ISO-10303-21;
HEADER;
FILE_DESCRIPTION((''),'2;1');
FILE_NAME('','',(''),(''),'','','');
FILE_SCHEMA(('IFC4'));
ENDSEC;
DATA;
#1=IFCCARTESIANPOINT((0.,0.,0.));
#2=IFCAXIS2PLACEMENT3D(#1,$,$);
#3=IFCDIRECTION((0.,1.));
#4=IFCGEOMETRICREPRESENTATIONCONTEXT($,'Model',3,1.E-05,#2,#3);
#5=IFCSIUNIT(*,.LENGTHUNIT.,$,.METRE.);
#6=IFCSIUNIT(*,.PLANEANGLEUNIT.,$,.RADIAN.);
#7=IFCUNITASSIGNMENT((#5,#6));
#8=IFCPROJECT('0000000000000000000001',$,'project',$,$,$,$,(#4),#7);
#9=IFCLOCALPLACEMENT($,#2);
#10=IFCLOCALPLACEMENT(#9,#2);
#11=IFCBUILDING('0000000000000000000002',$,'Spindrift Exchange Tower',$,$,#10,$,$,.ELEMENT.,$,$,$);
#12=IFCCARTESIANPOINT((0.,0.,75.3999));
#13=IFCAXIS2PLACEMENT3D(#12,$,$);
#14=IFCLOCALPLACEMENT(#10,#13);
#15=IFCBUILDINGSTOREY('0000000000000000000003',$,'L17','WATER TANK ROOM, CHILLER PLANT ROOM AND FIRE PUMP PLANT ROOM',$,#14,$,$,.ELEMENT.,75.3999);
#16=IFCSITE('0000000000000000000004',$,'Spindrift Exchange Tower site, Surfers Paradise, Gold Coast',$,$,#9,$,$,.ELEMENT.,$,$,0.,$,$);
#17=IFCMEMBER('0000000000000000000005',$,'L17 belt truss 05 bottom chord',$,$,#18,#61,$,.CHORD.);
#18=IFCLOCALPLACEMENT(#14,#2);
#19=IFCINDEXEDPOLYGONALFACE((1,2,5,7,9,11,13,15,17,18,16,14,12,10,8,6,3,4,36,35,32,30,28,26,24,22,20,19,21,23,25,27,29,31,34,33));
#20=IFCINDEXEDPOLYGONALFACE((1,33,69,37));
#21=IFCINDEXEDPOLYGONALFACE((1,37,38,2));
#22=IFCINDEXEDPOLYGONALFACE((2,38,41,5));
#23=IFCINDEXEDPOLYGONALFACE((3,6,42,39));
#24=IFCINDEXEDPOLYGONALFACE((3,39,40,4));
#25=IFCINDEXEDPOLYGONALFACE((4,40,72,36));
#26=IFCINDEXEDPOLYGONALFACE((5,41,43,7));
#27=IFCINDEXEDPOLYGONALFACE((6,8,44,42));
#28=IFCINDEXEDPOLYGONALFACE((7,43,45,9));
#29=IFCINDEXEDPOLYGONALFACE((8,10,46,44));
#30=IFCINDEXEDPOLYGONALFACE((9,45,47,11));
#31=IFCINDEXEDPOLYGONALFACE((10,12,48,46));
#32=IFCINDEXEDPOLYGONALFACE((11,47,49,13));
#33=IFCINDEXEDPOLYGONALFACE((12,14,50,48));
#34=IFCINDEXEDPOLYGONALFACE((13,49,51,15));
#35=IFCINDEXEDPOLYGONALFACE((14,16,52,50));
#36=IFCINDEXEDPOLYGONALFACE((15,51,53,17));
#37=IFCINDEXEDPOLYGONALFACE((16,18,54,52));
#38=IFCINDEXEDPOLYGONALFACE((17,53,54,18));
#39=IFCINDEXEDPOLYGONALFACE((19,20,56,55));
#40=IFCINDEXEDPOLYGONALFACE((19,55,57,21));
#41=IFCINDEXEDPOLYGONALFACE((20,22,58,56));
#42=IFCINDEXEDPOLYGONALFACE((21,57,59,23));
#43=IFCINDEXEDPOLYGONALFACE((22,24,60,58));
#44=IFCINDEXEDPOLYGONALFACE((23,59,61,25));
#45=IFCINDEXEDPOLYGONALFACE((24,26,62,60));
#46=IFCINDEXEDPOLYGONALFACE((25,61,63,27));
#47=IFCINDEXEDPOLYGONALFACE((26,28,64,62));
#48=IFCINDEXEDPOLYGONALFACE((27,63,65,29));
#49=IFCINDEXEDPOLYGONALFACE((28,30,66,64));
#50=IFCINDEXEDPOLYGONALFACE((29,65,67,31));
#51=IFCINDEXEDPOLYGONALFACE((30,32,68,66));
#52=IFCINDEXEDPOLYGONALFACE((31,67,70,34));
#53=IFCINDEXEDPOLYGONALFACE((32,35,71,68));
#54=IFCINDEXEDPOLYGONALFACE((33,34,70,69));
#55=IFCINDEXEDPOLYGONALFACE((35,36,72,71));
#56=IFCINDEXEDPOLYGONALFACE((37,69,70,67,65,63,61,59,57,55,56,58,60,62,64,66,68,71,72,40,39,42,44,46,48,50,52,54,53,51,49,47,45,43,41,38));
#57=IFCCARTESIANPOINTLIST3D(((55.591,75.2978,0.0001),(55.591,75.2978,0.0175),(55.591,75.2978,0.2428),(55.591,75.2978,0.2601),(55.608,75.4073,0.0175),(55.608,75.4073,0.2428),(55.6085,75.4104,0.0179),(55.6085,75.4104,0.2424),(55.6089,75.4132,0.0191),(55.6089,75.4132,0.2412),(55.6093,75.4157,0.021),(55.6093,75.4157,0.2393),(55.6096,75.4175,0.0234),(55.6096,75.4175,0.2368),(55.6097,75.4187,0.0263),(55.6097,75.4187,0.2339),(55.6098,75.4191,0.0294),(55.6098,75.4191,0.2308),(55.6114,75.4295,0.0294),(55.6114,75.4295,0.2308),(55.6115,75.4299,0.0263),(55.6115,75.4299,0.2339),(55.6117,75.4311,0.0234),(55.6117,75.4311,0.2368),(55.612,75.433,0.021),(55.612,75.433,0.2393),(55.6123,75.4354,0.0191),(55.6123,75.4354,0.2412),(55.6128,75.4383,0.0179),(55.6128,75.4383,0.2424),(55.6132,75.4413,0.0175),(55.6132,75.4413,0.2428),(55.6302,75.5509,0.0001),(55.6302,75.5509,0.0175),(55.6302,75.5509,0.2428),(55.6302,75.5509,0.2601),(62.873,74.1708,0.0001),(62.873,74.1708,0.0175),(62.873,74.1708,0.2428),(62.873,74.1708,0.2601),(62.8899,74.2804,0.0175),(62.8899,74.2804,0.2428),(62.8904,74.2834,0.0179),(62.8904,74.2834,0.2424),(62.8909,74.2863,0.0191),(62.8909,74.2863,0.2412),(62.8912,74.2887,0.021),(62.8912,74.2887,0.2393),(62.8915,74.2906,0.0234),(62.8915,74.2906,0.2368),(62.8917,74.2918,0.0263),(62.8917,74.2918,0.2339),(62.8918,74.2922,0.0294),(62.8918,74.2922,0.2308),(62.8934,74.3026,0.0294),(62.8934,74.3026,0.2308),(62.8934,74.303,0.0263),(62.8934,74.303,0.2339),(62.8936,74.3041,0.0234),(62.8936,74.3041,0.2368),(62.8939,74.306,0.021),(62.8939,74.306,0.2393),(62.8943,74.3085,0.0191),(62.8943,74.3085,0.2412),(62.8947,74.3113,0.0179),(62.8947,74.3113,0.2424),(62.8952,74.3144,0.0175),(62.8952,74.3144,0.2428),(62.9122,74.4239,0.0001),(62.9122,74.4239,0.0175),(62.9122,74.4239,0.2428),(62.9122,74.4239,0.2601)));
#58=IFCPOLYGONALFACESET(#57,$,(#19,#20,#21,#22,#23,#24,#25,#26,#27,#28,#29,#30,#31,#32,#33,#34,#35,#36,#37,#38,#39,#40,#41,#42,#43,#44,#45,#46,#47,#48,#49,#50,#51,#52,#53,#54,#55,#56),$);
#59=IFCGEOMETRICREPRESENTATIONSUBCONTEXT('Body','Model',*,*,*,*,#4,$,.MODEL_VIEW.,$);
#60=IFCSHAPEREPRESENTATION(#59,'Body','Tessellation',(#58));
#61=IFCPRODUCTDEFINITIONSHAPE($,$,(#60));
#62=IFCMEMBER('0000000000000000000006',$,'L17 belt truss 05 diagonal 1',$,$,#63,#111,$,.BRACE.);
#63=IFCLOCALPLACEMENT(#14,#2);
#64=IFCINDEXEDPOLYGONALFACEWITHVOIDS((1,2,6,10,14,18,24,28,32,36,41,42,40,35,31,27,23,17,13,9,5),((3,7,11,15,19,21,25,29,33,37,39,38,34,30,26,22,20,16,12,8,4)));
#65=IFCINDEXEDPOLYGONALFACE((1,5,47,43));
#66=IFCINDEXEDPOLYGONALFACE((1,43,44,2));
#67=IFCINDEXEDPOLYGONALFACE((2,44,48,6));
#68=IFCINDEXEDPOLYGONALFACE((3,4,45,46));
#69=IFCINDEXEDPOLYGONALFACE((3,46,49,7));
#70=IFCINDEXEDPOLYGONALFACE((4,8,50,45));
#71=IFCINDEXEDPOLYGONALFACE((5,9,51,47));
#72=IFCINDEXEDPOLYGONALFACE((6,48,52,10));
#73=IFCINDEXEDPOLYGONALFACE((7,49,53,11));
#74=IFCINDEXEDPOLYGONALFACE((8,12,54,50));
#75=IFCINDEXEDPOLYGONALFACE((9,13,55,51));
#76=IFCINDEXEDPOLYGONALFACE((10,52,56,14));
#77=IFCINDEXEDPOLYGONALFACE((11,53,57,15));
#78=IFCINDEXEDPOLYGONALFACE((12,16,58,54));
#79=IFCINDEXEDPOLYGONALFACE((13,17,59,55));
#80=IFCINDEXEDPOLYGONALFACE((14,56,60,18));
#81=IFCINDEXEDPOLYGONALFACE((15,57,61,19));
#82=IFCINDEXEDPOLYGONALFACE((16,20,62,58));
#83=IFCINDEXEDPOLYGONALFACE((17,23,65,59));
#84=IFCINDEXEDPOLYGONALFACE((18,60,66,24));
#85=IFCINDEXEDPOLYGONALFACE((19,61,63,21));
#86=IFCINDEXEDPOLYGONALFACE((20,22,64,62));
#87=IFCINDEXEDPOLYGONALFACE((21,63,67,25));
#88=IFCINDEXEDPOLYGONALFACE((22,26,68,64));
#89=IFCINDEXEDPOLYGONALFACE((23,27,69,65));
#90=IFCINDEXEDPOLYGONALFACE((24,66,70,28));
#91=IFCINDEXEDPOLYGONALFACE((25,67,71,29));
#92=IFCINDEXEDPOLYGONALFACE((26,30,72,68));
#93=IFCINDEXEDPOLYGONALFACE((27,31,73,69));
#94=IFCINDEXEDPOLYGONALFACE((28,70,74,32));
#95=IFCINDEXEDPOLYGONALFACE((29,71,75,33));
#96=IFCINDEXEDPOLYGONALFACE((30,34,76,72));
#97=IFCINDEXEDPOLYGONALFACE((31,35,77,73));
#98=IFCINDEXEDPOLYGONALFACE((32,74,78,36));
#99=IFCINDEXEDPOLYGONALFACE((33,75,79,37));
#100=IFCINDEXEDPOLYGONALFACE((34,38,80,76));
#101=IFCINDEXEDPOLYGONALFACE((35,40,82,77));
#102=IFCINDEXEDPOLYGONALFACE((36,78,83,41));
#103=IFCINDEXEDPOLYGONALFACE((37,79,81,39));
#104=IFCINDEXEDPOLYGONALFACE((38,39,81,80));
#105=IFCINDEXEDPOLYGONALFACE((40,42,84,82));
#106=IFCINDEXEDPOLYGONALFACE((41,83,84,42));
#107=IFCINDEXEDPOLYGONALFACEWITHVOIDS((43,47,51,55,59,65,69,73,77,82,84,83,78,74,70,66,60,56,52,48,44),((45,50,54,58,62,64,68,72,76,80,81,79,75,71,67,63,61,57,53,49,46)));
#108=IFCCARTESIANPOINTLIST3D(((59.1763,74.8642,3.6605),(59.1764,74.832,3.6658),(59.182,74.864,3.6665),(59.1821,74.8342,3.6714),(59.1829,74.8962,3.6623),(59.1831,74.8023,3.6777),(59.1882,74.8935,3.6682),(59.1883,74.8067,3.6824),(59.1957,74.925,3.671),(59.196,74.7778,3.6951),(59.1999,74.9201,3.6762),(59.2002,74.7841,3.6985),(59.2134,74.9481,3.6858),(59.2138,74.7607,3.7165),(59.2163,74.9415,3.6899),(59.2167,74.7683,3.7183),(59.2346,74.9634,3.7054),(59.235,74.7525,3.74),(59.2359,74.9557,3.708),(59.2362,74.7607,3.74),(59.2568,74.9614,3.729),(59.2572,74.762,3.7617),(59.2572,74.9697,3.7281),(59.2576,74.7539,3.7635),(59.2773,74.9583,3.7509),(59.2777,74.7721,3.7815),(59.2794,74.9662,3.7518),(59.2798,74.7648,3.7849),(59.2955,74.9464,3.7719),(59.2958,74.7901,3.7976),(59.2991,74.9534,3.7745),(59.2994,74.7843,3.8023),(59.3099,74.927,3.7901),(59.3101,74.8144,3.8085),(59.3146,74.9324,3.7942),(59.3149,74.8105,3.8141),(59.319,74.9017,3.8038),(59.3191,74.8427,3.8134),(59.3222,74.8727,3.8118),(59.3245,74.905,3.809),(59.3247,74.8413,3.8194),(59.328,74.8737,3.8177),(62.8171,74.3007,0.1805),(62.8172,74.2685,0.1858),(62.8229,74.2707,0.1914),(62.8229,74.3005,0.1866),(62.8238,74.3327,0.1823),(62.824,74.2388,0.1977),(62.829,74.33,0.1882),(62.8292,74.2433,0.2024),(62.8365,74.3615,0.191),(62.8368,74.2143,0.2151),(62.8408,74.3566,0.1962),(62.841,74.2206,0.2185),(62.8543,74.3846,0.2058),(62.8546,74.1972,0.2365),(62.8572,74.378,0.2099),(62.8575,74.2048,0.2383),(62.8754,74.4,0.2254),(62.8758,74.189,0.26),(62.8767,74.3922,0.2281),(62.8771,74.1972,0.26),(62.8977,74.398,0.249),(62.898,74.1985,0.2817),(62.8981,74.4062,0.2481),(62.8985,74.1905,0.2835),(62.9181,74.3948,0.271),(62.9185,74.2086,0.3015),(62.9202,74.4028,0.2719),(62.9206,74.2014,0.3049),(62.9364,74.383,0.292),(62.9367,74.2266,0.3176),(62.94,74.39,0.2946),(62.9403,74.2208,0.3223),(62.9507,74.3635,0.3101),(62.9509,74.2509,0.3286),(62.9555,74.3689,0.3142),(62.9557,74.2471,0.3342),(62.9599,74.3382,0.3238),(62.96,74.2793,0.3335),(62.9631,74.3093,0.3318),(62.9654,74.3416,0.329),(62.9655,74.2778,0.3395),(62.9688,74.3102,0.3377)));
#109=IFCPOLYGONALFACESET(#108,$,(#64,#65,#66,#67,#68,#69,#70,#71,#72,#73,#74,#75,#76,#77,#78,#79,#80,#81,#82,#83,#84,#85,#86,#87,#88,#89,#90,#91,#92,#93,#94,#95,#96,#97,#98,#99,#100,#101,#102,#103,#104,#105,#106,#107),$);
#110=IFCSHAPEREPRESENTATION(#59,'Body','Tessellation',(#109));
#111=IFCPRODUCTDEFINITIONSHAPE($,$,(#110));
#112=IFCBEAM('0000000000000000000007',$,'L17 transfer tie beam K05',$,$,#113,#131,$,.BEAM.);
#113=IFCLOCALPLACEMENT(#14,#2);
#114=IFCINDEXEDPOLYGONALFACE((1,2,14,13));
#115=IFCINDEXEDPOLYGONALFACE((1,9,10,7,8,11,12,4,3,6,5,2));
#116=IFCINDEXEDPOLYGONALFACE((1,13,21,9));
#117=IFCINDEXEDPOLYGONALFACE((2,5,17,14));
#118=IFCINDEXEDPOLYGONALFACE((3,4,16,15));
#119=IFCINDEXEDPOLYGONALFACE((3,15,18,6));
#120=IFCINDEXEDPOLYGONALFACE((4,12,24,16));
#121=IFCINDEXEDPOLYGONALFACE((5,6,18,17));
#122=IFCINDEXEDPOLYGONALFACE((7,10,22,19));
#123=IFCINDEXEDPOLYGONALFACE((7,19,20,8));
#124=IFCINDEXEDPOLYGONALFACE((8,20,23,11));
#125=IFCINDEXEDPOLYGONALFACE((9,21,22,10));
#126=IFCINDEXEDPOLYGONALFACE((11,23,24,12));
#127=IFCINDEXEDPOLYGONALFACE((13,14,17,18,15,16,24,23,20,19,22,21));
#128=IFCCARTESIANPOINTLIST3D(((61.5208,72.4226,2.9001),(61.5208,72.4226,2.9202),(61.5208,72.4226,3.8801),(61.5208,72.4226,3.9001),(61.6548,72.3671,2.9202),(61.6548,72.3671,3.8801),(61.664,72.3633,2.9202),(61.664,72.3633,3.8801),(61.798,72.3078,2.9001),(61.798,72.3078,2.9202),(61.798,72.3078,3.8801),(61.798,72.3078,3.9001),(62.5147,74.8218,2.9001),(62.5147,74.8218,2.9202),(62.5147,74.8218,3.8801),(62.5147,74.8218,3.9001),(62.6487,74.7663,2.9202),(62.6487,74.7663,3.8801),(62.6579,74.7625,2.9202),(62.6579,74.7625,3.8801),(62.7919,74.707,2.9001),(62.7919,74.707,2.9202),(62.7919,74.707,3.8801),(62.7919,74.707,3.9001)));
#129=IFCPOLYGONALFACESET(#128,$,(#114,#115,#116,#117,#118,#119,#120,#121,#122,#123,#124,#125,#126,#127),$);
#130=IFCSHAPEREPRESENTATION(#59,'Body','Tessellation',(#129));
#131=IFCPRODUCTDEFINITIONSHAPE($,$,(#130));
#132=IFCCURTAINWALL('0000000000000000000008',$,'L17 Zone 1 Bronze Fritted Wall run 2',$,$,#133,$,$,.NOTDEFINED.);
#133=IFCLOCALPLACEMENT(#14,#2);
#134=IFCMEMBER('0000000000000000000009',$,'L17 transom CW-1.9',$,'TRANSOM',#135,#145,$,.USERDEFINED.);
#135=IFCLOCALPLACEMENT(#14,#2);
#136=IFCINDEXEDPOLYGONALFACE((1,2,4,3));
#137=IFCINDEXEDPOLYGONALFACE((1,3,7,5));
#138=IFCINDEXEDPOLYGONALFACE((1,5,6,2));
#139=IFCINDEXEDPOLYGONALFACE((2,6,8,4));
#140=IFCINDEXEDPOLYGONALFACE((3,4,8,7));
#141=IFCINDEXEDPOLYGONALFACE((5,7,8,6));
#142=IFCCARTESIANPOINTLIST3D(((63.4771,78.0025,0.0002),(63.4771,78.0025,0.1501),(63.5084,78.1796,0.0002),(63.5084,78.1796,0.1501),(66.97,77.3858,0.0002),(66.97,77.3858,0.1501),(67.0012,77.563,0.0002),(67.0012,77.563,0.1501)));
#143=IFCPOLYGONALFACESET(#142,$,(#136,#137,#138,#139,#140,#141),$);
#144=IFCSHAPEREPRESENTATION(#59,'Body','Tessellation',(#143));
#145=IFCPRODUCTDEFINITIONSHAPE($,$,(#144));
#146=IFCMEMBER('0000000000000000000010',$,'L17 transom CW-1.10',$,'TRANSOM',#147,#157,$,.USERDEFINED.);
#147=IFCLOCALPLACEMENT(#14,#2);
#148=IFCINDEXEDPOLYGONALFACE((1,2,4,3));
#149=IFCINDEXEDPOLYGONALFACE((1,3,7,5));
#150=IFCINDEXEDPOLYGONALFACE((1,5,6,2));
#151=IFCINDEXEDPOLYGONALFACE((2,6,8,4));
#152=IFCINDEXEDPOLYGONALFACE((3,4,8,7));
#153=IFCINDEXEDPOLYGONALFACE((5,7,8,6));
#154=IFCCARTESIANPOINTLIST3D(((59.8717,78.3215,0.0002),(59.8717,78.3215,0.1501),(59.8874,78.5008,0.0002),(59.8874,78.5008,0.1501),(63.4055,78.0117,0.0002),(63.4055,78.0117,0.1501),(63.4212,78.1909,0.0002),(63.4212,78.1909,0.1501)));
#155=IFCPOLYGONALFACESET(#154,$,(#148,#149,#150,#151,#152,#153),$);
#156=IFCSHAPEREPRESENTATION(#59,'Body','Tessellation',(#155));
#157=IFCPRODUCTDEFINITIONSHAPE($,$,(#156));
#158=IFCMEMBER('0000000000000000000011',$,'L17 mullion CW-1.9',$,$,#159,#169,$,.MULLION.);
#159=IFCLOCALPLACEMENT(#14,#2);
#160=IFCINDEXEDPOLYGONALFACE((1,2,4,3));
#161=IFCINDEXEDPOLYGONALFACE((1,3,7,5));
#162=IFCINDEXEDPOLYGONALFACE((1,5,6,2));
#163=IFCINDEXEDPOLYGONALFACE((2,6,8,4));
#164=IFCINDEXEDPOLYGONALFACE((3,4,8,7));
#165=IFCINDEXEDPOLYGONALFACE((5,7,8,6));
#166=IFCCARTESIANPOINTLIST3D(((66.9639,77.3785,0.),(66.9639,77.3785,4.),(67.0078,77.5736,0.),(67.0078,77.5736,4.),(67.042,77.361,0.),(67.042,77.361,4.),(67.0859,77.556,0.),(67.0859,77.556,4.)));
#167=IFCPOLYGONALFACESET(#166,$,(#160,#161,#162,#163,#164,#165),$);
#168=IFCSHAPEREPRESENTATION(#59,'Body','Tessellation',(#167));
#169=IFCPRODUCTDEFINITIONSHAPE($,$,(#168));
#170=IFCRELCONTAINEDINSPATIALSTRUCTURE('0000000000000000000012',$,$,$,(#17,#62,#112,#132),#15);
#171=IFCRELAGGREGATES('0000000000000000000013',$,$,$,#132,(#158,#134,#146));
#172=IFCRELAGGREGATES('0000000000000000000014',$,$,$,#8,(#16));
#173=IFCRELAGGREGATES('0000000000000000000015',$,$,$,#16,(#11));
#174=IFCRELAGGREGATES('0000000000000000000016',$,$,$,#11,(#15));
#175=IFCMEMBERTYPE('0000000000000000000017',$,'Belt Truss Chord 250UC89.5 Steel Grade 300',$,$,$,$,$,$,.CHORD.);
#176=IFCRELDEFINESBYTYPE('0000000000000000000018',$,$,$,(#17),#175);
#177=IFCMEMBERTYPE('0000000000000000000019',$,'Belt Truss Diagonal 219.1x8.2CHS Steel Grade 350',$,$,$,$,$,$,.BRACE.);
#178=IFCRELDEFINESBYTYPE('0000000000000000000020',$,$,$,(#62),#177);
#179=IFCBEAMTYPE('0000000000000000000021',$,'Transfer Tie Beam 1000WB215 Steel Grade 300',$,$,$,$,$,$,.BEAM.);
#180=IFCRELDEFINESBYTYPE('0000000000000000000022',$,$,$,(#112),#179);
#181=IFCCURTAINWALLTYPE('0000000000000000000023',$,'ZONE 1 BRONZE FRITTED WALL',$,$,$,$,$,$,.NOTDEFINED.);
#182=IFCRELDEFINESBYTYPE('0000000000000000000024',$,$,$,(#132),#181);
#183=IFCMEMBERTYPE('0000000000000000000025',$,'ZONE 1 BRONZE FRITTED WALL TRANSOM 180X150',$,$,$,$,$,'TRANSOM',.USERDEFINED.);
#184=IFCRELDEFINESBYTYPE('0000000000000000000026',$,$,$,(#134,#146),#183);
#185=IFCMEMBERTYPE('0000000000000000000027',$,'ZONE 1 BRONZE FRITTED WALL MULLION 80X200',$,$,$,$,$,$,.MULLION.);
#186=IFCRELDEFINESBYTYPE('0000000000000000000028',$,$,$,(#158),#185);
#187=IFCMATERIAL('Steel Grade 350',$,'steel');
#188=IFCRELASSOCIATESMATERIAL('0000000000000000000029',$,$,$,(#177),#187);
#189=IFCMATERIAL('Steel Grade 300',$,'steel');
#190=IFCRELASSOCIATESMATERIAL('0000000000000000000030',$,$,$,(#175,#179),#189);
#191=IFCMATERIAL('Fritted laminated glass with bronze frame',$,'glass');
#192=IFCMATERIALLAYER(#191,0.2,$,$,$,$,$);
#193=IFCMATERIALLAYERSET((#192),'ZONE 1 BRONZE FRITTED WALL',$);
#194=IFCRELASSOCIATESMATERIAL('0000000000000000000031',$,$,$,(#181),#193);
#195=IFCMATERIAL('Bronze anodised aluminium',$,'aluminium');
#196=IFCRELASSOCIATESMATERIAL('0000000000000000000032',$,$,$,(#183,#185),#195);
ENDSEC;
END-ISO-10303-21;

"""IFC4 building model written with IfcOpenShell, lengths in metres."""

from ifc_helpers import new_model, si_unit, direction, frame, origin, origin_2d, place, context, subcontext, project, spatial, rectangle, hollow_circle, i_section, extrude, source, transform, mapped, material, layer, layer_set, material_profile, profile_set, type_object, element, aggregate, save


model = new_model("IFC4")

# Units and contexts
model_context = context("Model", 3, precision=1e-05, world=origin(), true_north=direction((0.0, 1.0)))
body_context = subcontext(model_context, "Body", "Model", "MODEL_VIEW")
ifc_project = project(units=[si_unit("LENGTHUNIT", "METRE"), si_unit("PLANEANGLEUNIT", "RADIAN")], contexts=[model_context])

# Site, building, storey
site_placement = place(None, origin())
site = spatial("IfcSite", under=ifc_project, at=site_placement, Name="Spindrift Exchange Tower site, Surfers Paradise, Gold Coast", CompositionType="ELEMENT", RefElevation=0.0)
building_placement = place(site_placement, origin())
building = spatial("IfcBuilding", under=site, at=building_placement, Name="Spindrift Exchange Tower", CompositionType="ELEMENT")
storey_placement = place(building_placement, frame((0.0, 0.0, 75.3999)))
storey = spatial("IfcBuildingStorey", under=building, at=storey_placement, Name="L17", Description="WATER TANK ROOM, CHILLER PLANT ROOM AND FIRE PUMP PLANT ROOM", CompositionType="ELEMENT", Elevation=75.3999)

# Shared definitions
ifc_material_1 = material(Name="Steel Grade 300", Category="steel")

# Members
ifc_material_2 = material(Name="Steel Grade 350", Category="steel")
ifc_material_profile_1 = material_profile(ifc_material_2, hollow_circle(Radius=0.1096, WallThickness=0.0083, at=origin_2d()), Name="219.1x8.2CHS")
ifc_profile_set_1 = profile_set([ifc_material_profile_1], Name="Steel Grade 350")
member_type_1 = type_object("IfcMemberType", Name="Belt Truss Diagonal 219.1x8.2CHS Steel Grade 350", PredefinedType="BRACE", material=ifc_profile_set_1)
ifc_material_profile_2 = material_profile(ifc_material_1, i_section(OverallWidth=0.2561, OverallDepth=0.26, WebThickness=0.0105, FlangeThickness=0.0173, FilletRadius=0.012, at=origin_2d()), Name="250UC89.5")
ifc_profile_set_2 = profile_set([ifc_material_profile_2], Name="Steel Grade 300")
member_type_2 = type_object("IfcMemberType", Name="Belt Truss Chord 250UC89.5 Steel Grade 300", PredefinedType="CHORD", material=ifc_profile_set_2)
shared_shape_1 = source(origin(), body_context, "Body", "SweptSolid", [
    extrude(i_section(OverallWidth=0.2561, OverallDepth=0.26, WebThickness=0.0105, FlangeThickness=0.0173, FilletRadius=0.012, at=origin_2d()), origin(), (0.0, 0.0, 1.0), 7.3687),
])
for number, where, z_axis, x_axis, name in (
    (1, (62.8926, 74.2974, 0.1301), (-0.988236, 0.152938, 0.0), (-0.152938, -0.988236, 0.0), "L17 belt truss 05 bottom chord"),
):
    element("IfcMember", number, at=place(storey_placement, frame(where, z_axis=z_axis, x_axis=x_axis)), inside=storey, type_object=member_type_2, Name=name, PredefinedType="CHORD", context=body_context, shape_type="MappedRepresentation", body=[
        mapped(shared_shape_1, transform((0.0, 0.0, 0.0), scale=1.0)),
    ])
shared_shape_2 = source(origin(), body_context, "Body", "SweptSolid", [
    extrude(hollow_circle(Radius=0.1096, WallThickness=0.0083, at=origin_2d()), origin(), (0.0, 0.0, 1.0), 5.0679),
])
member_1_placement = place(storey_placement, frame((62.8926, 74.2974, 0.26), z_axis=(-0.718416, 0.111185, 0.68667), x_axis=(-0.152943, -0.988235, 0.0)))
element("IfcMember", 2, at=member_1_placement, inside=storey, type_object=member_type_1, Name="L17 belt truss 05 diagonal 1", PredefinedType="BRACE", context=body_context, shape_type="MappedRepresentation", body=[
    mapped(shared_shape_2, transform((0.0, 0.0, 0.0), scale=1.0)),
])

# Beam
ifc_material_profile_3 = material_profile(ifc_material_1, i_section(OverallWidth=0.3, OverallDepth=1.0, WebThickness=0.01, FlangeThickness=0.02, at=origin_2d()), Name="1000WB215")
ifc_profile_set_3 = profile_set([ifc_material_profile_3], Name="Steel Grade 300")
beam_type_1 = type_object("IfcBeamType", Name="Transfer Tie Beam 1000WB215 Steel Grade 300", PredefinedType="BEAM", material=ifc_profile_set_3)
shared_shape_3 = source(origin(), body_context, "Body", "SweptSolid", [
    extrude(i_section(OverallWidth=0.3, OverallDepth=1.0, WebThickness=0.01, FlangeThickness=0.02, at=origin_2d()), origin(), (0.0, 0.0, 1.0), 2.5969),
])
beam_1_placement = place(storey_placement, frame((62.6533, 74.7644, 3.4001), z_axis=(-0.382725, -0.923862, 0.0), x_axis=(0.923862, -0.382725, 0.0)))
element("IfcBeam", 3, at=beam_1_placement, inside=storey, type_object=beam_type_1, Name="L17 transfer tie beam K05", PredefinedType="BEAM", context=body_context, shape_type="MappedRepresentation", body=[
    mapped(shared_shape_3, transform((0.0, 0.0, 0.0), scale=1.0)),
])

# Curtain wall, members
ifc_material_3 = material(Name="Fritted laminated glass with bronze frame", Category="glass")
ifc_layer_1 = layer(ifc_material_3, 0.2)
ifc_layer_set_1 = layer_set([ifc_layer_1], Name="ZONE 1 BRONZE FRITTED WALL")
curtain_wall_type = type_object("IfcCurtainWallType", Name="ZONE 1 BRONZE FRITTED WALL", PredefinedType="NOTDEFINED", material=ifc_layer_set_1)
curtain_wall_placement = place(storey_placement, origin())
curtain_wall = element("IfcCurtainWall", 4, at=curtain_wall_placement, inside=storey, type_object=curtain_wall_type, Name="L17 Zone 1 Bronze Fritted Wall run 2", PredefinedType="NOTDEFINED")
ifc_material_4 = material(Name="Bronze anodised aluminium", Category="aluminium")
ifc_material_profile_4 = material_profile(ifc_material_4, rectangle(XDim=0.1799, YDim=0.1499, at=origin_2d()), Name="ZONE 1 BRONZE FRITTED WALL TRANSOM 180X150")
ifc_profile_set_4 = profile_set([ifc_material_profile_4], Name="Bronze anodised aluminium")
member_type_3 = type_object("IfcMemberType", Name="ZONE 1 BRONZE FRITTED WALL TRANSOM 180X150", ElementType="TRANSOM", PredefinedType="USERDEFINED", material=ifc_profile_set_4)
shared_shape_4 = source(origin(), body_context, "Body", "SweptSolid", [
    extrude(rectangle(XDim=0.1799, YDim=0.1499, at=origin_2d()), origin(), (0.0, 0.0, 1.0), 3.5469),
])
member_2_placement = place(storey_placement, frame((66.9856, 77.4744, 0.0752), z_axis=(-0.984769, 0.173868, 0.0), x_axis=(-0.173868, -0.984769, 0.0)))
member_2 = element("IfcMember", 5, at=member_2_placement, type_object=member_type_3, Name="L17 transom CW-1.9", ObjectType="TRANSOM", PredefinedType="USERDEFINED", context=body_context, shape_type="MappedRepresentation", body=[
    mapped(shared_shape_4, transform((0.0, 0.0, 0.0), scale=1.0)),
])
shared_shape_5 = source(origin(), body_context, "Body", "SweptSolid", [
    extrude(rectangle(XDim=0.1799, YDim=0.1499, at=origin_2d()), origin(), (0.0, 0.0, 1.0), 3.5474),
])
member_3_placement = place(storey_placement, frame((63.4133, 78.1013, 0.0752), z_axis=(-0.996179, 0.087339, 0.0), x_axis=(-0.087339, -0.996179, 0.0)))
member_3 = element("IfcMember", 6, at=member_3_placement, type_object=member_type_3, Name="L17 transom CW-1.10", ObjectType="TRANSOM", PredefinedType="USERDEFINED", context=body_context, shape_type="MappedRepresentation", body=[
    mapped(shared_shape_5, transform((0.0, 0.0, 0.0), scale=1.0)),
])
ifc_material_profile_5 = material_profile(ifc_material_4, rectangle(XDim=0.0801, YDim=0.2, at=origin_2d()), Name="ZONE 1 BRONZE FRITTED WALL MULLION 80X200")
ifc_profile_set_5 = profile_set([ifc_material_profile_5], Name="Bronze anodised aluminium")
member_type_4 = type_object("IfcMemberType", Name="ZONE 1 BRONZE FRITTED WALL MULLION 80X200", PredefinedType="MULLION", material=ifc_profile_set_5)
shared_shape_6 = source(origin(), body_context, "Body", "SweptSolid", [
    extrude(rectangle(XDim=0.0801, YDim=0.2, at=origin_2d()), origin(), (0.0, 0.0, 1.0), 4.0),
])
member_4_placement = place(storey_placement, frame((67.0249, 77.4673, 0.0), z_axis=(0.0, 0.0, 1.0), x_axis=(-0.975587, 0.219615, 0.0)))
member_4 = element("IfcMember", 7, at=member_4_placement, type_object=member_type_4, Name="L17 mullion CW-1.9", PredefinedType="MULLION", context=body_context, shape_type="MappedRepresentation", body=[
    mapped(shared_shape_6, transform((0.0, 0.0, 0.0), scale=1.0)),
])
aggregate(curtain_wall, [member_4, member_2, member_3])

save(model, "model.ifc")
